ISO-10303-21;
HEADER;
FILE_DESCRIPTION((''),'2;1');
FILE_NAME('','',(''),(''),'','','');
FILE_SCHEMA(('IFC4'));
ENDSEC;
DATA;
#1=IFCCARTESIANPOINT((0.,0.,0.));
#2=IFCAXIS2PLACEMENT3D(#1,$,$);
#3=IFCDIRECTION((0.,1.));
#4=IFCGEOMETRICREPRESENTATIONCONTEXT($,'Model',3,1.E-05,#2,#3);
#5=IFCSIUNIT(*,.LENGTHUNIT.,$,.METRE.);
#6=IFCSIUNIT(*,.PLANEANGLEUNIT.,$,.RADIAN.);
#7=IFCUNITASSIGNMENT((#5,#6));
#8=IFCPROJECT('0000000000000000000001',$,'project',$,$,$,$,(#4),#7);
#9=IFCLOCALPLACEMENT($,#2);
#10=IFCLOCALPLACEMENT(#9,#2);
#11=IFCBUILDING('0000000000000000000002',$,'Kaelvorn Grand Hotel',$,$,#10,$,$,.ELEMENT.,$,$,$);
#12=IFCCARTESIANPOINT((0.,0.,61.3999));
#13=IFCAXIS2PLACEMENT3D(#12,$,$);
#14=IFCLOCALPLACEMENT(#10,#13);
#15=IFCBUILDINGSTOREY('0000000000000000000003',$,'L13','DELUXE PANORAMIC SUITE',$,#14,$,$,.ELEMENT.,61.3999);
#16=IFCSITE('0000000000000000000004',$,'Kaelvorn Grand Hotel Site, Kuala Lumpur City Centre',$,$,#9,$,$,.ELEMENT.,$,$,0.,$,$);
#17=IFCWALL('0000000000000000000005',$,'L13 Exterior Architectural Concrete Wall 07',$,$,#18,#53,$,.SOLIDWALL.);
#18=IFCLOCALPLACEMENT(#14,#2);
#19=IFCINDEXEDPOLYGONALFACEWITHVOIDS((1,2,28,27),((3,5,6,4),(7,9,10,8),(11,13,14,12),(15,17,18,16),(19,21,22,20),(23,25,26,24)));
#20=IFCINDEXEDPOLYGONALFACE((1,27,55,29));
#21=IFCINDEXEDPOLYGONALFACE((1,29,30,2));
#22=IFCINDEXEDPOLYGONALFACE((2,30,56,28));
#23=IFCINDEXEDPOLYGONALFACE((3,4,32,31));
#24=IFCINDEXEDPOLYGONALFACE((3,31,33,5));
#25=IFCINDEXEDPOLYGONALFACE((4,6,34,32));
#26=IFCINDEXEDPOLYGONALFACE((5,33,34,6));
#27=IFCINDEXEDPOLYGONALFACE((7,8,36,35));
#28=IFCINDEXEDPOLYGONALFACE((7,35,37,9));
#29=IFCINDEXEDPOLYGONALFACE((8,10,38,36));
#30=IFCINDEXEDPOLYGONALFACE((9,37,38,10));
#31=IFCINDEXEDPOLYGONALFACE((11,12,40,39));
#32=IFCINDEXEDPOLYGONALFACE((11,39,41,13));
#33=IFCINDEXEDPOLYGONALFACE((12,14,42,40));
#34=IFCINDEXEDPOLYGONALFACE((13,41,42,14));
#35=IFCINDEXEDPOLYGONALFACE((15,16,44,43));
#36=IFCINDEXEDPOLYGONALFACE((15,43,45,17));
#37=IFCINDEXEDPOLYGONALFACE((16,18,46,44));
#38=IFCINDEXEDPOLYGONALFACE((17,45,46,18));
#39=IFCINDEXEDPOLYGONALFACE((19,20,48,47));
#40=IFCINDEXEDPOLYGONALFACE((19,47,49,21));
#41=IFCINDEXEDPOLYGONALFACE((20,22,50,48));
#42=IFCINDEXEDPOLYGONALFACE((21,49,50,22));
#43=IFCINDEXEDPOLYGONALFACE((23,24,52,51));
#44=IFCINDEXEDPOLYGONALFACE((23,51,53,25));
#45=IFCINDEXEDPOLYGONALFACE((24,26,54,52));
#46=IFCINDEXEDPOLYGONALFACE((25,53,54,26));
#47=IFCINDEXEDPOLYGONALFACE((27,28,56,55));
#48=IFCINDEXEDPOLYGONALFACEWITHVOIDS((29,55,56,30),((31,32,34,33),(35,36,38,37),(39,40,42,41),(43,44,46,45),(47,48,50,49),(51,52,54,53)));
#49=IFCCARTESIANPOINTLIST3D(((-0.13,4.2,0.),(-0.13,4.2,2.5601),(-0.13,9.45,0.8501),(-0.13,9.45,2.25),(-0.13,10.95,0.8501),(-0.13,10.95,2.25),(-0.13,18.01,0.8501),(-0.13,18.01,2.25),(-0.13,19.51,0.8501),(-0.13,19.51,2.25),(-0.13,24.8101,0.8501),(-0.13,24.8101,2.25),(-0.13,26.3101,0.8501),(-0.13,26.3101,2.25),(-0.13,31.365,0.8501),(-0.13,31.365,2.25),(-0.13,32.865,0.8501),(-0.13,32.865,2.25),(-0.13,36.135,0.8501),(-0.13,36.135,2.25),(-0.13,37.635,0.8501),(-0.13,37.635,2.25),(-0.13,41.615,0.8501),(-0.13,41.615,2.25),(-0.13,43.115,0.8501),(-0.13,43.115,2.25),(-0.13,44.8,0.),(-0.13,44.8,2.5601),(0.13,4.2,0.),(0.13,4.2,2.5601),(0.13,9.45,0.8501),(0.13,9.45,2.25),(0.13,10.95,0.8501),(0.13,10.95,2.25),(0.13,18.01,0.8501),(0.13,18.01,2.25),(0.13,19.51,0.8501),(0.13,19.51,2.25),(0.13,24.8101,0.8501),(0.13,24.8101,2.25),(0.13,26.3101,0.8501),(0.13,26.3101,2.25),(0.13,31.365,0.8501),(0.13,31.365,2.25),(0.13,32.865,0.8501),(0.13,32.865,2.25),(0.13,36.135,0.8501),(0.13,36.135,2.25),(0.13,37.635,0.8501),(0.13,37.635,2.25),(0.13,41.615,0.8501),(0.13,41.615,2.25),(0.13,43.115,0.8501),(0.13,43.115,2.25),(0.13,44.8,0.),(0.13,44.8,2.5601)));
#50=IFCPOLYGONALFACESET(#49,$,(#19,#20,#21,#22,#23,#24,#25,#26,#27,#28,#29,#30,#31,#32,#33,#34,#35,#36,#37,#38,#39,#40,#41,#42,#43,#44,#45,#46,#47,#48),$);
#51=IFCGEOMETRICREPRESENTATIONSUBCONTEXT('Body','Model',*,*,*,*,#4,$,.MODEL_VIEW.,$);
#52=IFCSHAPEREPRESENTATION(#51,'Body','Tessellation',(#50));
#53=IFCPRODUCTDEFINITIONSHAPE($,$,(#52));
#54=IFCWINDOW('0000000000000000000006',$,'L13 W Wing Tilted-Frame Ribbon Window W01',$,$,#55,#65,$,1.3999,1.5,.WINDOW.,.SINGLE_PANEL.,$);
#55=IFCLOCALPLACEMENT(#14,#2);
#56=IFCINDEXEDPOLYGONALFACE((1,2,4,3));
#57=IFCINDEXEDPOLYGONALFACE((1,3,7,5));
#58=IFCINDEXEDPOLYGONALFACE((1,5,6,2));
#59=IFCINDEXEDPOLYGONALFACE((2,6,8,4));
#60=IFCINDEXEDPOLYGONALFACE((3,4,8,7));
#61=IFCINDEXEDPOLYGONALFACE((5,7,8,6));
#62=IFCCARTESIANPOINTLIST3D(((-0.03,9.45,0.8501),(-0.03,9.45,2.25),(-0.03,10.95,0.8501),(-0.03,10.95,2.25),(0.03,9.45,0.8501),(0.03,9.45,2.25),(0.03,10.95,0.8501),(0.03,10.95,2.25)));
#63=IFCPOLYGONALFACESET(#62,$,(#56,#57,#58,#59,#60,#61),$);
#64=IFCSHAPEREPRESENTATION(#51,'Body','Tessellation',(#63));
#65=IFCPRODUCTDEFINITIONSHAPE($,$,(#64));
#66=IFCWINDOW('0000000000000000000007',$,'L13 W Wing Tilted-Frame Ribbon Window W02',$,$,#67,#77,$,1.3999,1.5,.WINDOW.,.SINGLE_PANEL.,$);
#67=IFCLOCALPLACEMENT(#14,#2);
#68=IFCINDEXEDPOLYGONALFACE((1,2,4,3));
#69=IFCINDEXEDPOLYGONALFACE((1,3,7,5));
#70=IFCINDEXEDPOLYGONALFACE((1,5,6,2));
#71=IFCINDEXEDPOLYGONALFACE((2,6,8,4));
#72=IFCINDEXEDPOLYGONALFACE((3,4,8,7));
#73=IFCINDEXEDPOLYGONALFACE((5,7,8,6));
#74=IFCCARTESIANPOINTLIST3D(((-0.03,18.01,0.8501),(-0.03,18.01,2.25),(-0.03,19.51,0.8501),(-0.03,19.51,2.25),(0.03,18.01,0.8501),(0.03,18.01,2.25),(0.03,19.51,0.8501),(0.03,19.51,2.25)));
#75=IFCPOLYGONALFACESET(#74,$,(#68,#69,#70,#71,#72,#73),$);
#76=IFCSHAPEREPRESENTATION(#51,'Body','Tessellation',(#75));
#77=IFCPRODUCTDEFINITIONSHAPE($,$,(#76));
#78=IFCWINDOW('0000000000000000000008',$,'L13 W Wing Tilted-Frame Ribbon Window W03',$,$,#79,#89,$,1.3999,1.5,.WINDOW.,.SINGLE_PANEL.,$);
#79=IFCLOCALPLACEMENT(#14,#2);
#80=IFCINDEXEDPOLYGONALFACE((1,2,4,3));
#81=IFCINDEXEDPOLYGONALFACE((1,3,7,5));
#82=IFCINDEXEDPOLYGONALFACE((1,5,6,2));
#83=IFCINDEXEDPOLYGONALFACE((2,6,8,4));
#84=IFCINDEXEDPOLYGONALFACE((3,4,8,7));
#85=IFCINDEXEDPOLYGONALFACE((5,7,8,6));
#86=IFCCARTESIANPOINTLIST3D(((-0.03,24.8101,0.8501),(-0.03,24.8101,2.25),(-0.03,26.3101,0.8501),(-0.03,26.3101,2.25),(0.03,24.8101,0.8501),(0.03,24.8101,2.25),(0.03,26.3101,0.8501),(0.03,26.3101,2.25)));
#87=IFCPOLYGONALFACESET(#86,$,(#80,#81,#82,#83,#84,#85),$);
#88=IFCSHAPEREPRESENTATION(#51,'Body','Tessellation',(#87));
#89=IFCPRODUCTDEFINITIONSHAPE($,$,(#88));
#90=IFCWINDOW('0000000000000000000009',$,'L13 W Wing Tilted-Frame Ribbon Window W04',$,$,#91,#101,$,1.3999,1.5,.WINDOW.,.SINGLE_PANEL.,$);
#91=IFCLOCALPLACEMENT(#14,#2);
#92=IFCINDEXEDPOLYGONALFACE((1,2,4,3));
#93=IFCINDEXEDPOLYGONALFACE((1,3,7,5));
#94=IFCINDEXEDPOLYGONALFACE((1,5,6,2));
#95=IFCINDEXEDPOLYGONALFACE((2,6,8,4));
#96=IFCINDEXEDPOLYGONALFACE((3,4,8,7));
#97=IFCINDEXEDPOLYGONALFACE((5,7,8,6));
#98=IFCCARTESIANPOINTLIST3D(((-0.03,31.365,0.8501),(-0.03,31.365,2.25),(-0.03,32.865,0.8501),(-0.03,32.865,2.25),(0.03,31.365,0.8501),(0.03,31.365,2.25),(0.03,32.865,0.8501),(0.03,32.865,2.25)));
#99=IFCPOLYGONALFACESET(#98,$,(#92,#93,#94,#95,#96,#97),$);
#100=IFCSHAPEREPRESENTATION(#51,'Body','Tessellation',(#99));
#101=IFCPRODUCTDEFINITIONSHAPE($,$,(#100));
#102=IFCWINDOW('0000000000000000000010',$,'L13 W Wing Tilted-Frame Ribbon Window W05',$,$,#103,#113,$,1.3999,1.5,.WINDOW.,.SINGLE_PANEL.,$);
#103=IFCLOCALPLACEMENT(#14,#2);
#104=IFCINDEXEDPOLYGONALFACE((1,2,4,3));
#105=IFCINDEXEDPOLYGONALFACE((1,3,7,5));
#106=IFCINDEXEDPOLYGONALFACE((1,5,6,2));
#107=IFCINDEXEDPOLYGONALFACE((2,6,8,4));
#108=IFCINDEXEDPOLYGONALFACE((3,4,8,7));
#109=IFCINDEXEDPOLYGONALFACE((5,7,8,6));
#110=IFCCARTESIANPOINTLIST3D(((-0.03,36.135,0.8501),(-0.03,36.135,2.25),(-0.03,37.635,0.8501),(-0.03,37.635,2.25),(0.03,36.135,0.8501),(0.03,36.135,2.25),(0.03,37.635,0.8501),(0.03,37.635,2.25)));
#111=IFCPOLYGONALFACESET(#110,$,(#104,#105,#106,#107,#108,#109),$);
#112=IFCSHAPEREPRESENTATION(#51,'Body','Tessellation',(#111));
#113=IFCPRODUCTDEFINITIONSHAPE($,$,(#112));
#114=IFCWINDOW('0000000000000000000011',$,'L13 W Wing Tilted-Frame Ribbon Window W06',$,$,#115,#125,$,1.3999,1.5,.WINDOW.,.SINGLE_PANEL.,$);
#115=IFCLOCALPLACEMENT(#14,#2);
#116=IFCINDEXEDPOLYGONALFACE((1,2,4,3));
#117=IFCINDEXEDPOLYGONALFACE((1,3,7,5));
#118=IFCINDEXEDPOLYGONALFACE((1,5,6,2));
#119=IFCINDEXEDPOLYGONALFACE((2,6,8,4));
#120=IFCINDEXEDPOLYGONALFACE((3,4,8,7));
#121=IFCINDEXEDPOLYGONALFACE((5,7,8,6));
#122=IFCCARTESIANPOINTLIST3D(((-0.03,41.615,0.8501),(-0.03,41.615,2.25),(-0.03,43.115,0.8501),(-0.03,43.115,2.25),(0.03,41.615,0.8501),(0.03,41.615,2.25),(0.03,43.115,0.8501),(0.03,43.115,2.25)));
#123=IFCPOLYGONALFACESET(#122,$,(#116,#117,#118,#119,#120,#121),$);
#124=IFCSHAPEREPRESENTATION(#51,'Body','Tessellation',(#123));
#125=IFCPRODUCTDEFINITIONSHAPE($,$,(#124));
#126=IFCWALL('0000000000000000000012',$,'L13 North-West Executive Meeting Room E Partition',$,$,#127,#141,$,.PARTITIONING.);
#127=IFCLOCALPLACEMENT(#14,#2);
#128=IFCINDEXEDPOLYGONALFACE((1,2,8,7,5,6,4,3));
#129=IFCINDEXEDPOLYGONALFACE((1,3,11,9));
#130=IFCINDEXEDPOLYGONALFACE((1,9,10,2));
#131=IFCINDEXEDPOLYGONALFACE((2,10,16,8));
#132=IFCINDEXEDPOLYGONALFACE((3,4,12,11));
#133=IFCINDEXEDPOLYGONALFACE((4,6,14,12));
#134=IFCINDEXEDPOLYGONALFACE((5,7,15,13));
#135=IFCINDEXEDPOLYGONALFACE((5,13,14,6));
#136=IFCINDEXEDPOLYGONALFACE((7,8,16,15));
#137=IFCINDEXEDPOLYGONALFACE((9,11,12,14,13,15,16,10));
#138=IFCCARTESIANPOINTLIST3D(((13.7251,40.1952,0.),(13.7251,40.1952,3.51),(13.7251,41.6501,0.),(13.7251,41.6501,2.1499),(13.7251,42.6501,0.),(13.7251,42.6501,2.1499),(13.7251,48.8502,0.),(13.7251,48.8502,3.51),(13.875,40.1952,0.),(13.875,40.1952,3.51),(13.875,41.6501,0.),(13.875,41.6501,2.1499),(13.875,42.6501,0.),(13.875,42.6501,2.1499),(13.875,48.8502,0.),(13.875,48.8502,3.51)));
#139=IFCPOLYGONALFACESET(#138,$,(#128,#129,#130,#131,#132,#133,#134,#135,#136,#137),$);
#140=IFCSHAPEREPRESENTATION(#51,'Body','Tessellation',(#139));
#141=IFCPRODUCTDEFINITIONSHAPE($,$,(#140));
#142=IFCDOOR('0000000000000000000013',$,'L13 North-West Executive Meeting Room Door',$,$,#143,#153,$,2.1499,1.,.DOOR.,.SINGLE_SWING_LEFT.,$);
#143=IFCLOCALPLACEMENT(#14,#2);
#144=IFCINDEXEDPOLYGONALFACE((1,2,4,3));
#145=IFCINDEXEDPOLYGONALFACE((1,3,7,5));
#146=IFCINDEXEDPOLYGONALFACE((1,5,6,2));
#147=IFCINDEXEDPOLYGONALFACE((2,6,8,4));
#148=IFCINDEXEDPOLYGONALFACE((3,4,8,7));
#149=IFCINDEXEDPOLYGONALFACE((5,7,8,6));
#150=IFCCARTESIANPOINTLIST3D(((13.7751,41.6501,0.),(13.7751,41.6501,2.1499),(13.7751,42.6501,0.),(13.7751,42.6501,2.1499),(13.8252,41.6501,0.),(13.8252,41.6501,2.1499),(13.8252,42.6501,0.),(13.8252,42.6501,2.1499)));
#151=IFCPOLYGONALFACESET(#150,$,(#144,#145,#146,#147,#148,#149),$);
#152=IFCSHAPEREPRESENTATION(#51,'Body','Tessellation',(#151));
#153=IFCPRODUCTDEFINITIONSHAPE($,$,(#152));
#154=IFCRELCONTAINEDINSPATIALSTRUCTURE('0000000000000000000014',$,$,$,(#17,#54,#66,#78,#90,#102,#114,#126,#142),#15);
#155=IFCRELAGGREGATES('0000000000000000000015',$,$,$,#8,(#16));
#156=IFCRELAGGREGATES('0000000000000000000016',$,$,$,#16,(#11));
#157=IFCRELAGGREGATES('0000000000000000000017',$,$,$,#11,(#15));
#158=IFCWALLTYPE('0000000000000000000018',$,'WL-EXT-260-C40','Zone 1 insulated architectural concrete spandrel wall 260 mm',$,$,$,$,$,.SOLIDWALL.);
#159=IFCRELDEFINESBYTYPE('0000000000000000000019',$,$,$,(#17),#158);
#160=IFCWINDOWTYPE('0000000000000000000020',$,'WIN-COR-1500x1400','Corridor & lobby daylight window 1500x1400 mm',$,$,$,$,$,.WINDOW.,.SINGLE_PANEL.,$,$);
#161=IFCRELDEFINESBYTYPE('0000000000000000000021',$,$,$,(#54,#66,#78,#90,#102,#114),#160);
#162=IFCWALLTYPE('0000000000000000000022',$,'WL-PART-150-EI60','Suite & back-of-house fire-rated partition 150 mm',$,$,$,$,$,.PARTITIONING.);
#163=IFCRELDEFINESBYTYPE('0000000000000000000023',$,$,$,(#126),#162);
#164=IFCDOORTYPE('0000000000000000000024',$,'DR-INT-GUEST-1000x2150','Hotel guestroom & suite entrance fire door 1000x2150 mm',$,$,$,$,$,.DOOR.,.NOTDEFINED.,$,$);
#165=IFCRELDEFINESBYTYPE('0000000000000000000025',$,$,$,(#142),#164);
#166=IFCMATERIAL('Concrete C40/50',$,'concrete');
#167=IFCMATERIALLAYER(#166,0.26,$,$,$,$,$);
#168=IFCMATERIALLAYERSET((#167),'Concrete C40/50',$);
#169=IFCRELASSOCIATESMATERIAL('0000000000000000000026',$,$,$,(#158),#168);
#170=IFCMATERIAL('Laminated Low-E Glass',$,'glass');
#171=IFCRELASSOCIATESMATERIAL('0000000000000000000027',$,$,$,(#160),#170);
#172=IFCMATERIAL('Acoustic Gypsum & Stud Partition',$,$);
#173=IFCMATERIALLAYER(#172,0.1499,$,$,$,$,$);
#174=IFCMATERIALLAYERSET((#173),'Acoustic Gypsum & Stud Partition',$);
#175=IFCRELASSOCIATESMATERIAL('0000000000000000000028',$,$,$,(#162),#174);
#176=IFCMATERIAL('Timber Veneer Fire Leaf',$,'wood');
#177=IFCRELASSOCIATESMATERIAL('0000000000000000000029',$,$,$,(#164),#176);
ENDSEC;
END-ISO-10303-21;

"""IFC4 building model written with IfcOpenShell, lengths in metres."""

from ifc_helpers import new_model, si_unit, direction, frame, frame_2d, origin, place, context, subcontext, project, spatial, rectangle, extrude, material, layer, layer_set, type_object, element, fill, save


model = new_model("IFC4")

# Units and contexts
model_context = context("Model", 3, precision=1e-05, world=origin(), true_north=direction((0.0, 1.0)))
body_context = subcontext(model_context, "Body", "Model", "MODEL_VIEW")
ifc_project = project(units=[si_unit("LENGTHUNIT", "METRE"), si_unit("PLANEANGLEUNIT", "RADIAN")], contexts=[model_context])

# Site, building, storey
site_placement = place(None, origin())
site = spatial("IfcSite", under=ifc_project, at=site_placement, Name="Kaelvorn Grand Hotel Site, Kuala Lumpur City Centre", CompositionType="ELEMENT", RefElevation=0.0)
building_placement = place(site_placement, origin())
building = spatial("IfcBuilding", under=site, at=building_placement, Name="Kaelvorn Grand Hotel", CompositionType="ELEMENT")
storey_placement = place(building_placement, frame((0.0, 0.0, 61.3999)))
storey = spatial("IfcBuildingStorey", under=building, at=storey_placement, Name="L13", Description="DELUXE PANORAMIC SUITE", CompositionType="ELEMENT", Elevation=61.3999)

# Shared definitions
ifc_material_1 = material(Name="Concrete C40/50", Category="concrete")
ifc_layer_1 = layer(ifc_material_1, 0.26)
ifc_layer_set_1 = layer_set([ifc_layer_1], Name="Concrete C40/50")
wall_type_1 = type_object("IfcWallType", Name="WL-EXT-260-C40", Description="Zone 1 insulated architectural concrete spandrel wall 260 mm", PredefinedType="SOLIDWALL", material=ifc_layer_set_1)

# Wall, openings, windows
wall_1_placement = place(storey_placement, frame((0.0, 44.8, 0.0), z_axis=(0.0, 0.0, 1.0), x_axis=(0.0, -1.0, 0.0)))
wall_1 = element("IfcWall", 1, at=wall_1_placement, inside=storey, type_object=wall_type_1, Name="L13 Exterior Architectural Concrete Wall 07", PredefinedType="SOLIDWALL", context=body_context, shape_type="SweptSolid", body=[
    extrude(rectangle(XDim=40.6001, YDim=0.26, at=frame_2d((20.3, 0.0))), origin(), (0.0, 0.0, 1.0), 2.5601),
])
opening_1_placement = place(wall_1_placement, frame((33.8501, 0.0, 0.8501)))
opening_1 = element("IfcOpeningElement", 2, at=opening_1_placement, cuts=wall_1, PredefinedType="OPENING", context=body_context, shape_type="SweptSolid", body=[
    extrude(rectangle(XDim=1.5, YDim=1.3999, at=frame_2d((0.75, 0.7))), frame((0.0, 0.1401, 0.0), z_axis=(0.0, -1.0, 0.0), x_axis=(1.0, 0.0, 0.0)), (0.0, 0.0, 1.0), 0.28),
])
opening_2_placement = place(wall_1_placement, frame((25.29, 0.0, 0.8501)))
opening_2 = element("IfcOpeningElement", 3, at=opening_2_placement, cuts=wall_1, PredefinedType="OPENING", context=body_context, shape_type="SweptSolid", body=[
    extrude(rectangle(XDim=1.5, YDim=1.3999, at=frame_2d((0.75, 0.7))), frame((0.0, 0.1401, 0.0), z_axis=(0.0, -1.0, 0.0), x_axis=(1.0, 0.0, 0.0)), (0.0, 0.0, 1.0), 0.28),
])
opening_3_placement = place(wall_1_placement, frame((18.49, 0.0, 0.8501)))
opening_3 = element("IfcOpeningElement", 4, at=opening_3_placement, cuts=wall_1, PredefinedType="OPENING", context=body_context, shape_type="SweptSolid", body=[
    extrude(rectangle(XDim=1.5, YDim=1.3999, at=frame_2d((0.75, 0.7))), frame((0.0, 0.1401, 0.0), z_axis=(0.0, -1.0, 0.0), x_axis=(1.0, 0.0, 0.0)), (0.0, 0.0, 1.0), 0.28),
])
opening_4_placement = place(wall_1_placement, frame((11.9351, 0.0, 0.8501)))
opening_4 = element("IfcOpeningElement", 5, at=opening_4_placement, cuts=wall_1, PredefinedType="OPENING", context=body_context, shape_type="SweptSolid", body=[
    extrude(rectangle(XDim=1.5, YDim=1.3999, at=frame_2d((0.75, 0.7))), frame((0.0, 0.1401, 0.0), z_axis=(0.0, -1.0, 0.0), x_axis=(1.0, 0.0, 0.0)), (0.0, 0.0, 1.0), 0.28),
])
opening_5_placement = place(wall_1_placement, frame((7.165, 0.0, 0.8501)))
opening_5 = element("IfcOpeningElement", 6, at=opening_5_placement, cuts=wall_1, PredefinedType="OPENING", context=body_context, shape_type="SweptSolid", body=[
    extrude(rectangle(XDim=1.5, YDim=1.3999, at=frame_2d((0.75, 0.7))), frame((0.0, 0.1401, 0.0), z_axis=(0.0, -1.0, 0.0), x_axis=(1.0, 0.0, 0.0)), (0.0, 0.0, 1.0), 0.28),
])
opening_6_placement = place(wall_1_placement, frame((1.6851, 0.0, 0.8501)))
opening_6 = element("IfcOpeningElement", 7, at=opening_6_placement, cuts=wall_1, PredefinedType="OPENING", context=body_context, shape_type="SweptSolid", body=[
    extrude(rectangle(XDim=1.5, YDim=1.3999, at=frame_2d((0.75, 0.7))), frame((0.0, 0.1401, 0.0), z_axis=(0.0, -1.0, 0.0), x_axis=(1.0, 0.0, 0.0)), (0.0, 0.0, 1.0), 0.28),
])
ifc_material_2 = material(Name="Laminated Low-E Glass", Category="glass")
window_type = type_object("IfcWindowType", Name="WIN-COR-1500x1400", Description="Corridor & lobby daylight window 1500x1400 mm", PartitioningType="SINGLE_PANEL", PredefinedType="WINDOW", material=ifc_material_2)
window_1_placement = place(opening_1_placement, origin())
window_1 = element("IfcWindow", 8, at=window_1_placement, inside=storey, type_object=window_type, Name="L13 W Wing Tilted-Frame Ribbon Window W01", OverallHeight=1.3999, OverallWidth=1.5, PartitioningType="SINGLE_PANEL", PredefinedType="WINDOW", context=body_context, shape_type="SweptSolid", body=[
    extrude(rectangle(XDim=1.5, YDim=1.3999, at=frame_2d((0.75, 0.7))), frame((0.0, 0.03, 0.0), z_axis=(0.0, -1.0, 0.0), x_axis=(1.0, 0.0, 0.0)), (0.0, 0.0, 1.0), 0.0601),
])
fill(opening_1, window_1)
window_2_placement = place(opening_2_placement, origin())
window_2 = element("IfcWindow", 9, at=window_2_placement, inside=storey, type_object=window_type, Name="L13 W Wing Tilted-Frame Ribbon Window W02", OverallHeight=1.3999, OverallWidth=1.5, PartitioningType="SINGLE_PANEL", PredefinedType="WINDOW", context=body_context, shape_type="SweptSolid", body=[
    extrude(rectangle(XDim=1.5, YDim=1.3999, at=frame_2d((0.75, 0.7))), frame((0.0, 0.03, 0.0), z_axis=(0.0, -1.0, 0.0), x_axis=(1.0, 0.0, 0.0)), (0.0, 0.0, 1.0), 0.0601),
])
fill(opening_2, window_2)
window_3_placement = place(opening_3_placement, origin())
window_3 = element("IfcWindow", 10, at=window_3_placement, inside=storey, type_object=window_type, Name="L13 W Wing Tilted-Frame Ribbon Window W03", OverallHeight=1.3999, OverallWidth=1.5, PartitioningType="SINGLE_PANEL", PredefinedType="WINDOW", context=body_context, shape_type="SweptSolid", body=[
    extrude(rectangle(XDim=1.5, YDim=1.3999, at=frame_2d((0.75, 0.7))), frame((0.0, 0.03, 0.0), z_axis=(0.0, -1.0, 0.0), x_axis=(1.0, 0.0, 0.0)), (0.0, 0.0, 1.0), 0.0601),
])
fill(opening_3, window_3)
window_4_placement = place(opening_4_placement, origin())
window_4 = element("IfcWindow", 11, at=window_4_placement, inside=storey, type_object=window_type, Name="L13 W Wing Tilted-Frame Ribbon Window W04", OverallHeight=1.3999, OverallWidth=1.5, PartitioningType="SINGLE_PANEL", PredefinedType="WINDOW", context=body_context, shape_type="SweptSolid", body=[
    extrude(rectangle(XDim=1.5, YDim=1.3999, at=frame_2d((0.75, 0.7))), frame((0.0, 0.03, 0.0), z_axis=(0.0, -1.0, 0.0), x_axis=(1.0, 0.0, 0.0)), (0.0, 0.0, 1.0), 0.0601),
])
fill(opening_4, window_4)
window_5_placement = place(opening_5_placement, origin())
window_5 = element("IfcWindow", 12, at=window_5_placement, inside=storey, type_object=window_type, Name="L13 W Wing Tilted-Frame Ribbon Window W05", OverallHeight=1.3999, OverallWidth=1.5, PartitioningType="SINGLE_PANEL", PredefinedType="WINDOW", context=body_context, shape_type="SweptSolid", body=[
    extrude(rectangle(XDim=1.5, YDim=1.3999, at=frame_2d((0.75, 0.7))), frame((0.0, 0.03, 0.0), z_axis=(0.0, -1.0, 0.0), x_axis=(1.0, 0.0, 0.0)), (0.0, 0.0, 1.0), 0.0601),
])
fill(opening_5, window_5)
window_6_placement = place(opening_6_placement, origin())
window_6 = element("IfcWindow", 13, at=window_6_placement, inside=storey, type_object=window_type, Name="L13 W Wing Tilted-Frame Ribbon Window W06", OverallHeight=1.3999, OverallWidth=1.5, PartitioningType="SINGLE_PANEL", PredefinedType="WINDOW", context=body_context, shape_type="SweptSolid", body=[
    extrude(rectangle(XDim=1.5, YDim=1.3999, at=frame_2d((0.75, 0.7))), frame((0.0, 0.03, 0.0), z_axis=(0.0, -1.0, 0.0), x_axis=(1.0, 0.0, 0.0)), (0.0, 0.0, 1.0), 0.0601),
])
fill(opening_6, window_6)

# Wall, opening, door
ifc_material_3 = material(Name="Acoustic Gypsum & Stud Partition")
ifc_layer_2 = layer(ifc_material_3, 0.1499)
ifc_layer_set_2 = layer_set([ifc_layer_2], Name="Acoustic Gypsum & Stud Partition")
wall_type_2 = type_object("IfcWallType", Name="WL-PART-150-EI60", Description="Suite & back-of-house fire-rated partition 150 mm", PredefinedType="PARTITIONING", material=ifc_layer_set_2)
wall_2_placement = place(storey_placement, frame((13.8, 40.1951, 0.0), z_axis=(0.0, 0.0, 1.0), x_axis=(0.0, 1.0, 0.0)))
wall_2 = element("IfcWall", 14, at=wall_2_placement, inside=storey, type_object=wall_type_2, Name="L13 North-West Executive Meeting Room E Partition", PredefinedType="PARTITIONING", context=body_context, shape_type="SweptSolid", body=[
    extrude(rectangle(XDim=8.655, YDim=0.1499, at=frame_2d((4.3276, 0.0))), origin(), (0.0, 0.0, 1.0), 3.51),
])
opening_7_placement = place(wall_2_placement, frame((1.4551, 0.0, 0.0)))
opening_7 = element("IfcOpeningElement", 15, at=opening_7_placement, cuts=wall_2, PredefinedType="OPENING", context=body_context, shape_type="SweptSolid", body=[
    extrude(rectangle(XDim=1.0, YDim=2.1499, at=frame_2d((0.5, 1.075))), frame((0.0, 0.085, 0.0), z_axis=(0.0, -1.0, 0.0), x_axis=(1.0, 0.0, 0.0)), (0.0, 0.0, 1.0), 0.1699),
])
ifc_material_4 = material(Name="Timber Veneer Fire Leaf", Category="wood")
door_type = type_object("IfcDoorType", Name="DR-INT-GUEST-1000x2150", Description="Hotel guestroom & suite entrance fire door 1000x2150 mm", OperationType="NOTDEFINED", PredefinedType="DOOR", material=ifc_material_4)
door_placement = place(opening_7_placement, origin())
door = element("IfcDoor", 16, at=door_placement, inside=storey, type_object=door_type, Name="L13 North-West Executive Meeting Room Door", OperationType="SINGLE_SWING_LEFT", OverallHeight=2.1499, OverallWidth=1.0, PredefinedType="DOOR", context=body_context, shape_type="SweptSolid", body=[
    extrude(rectangle(XDim=1.0, YDim=2.1499, at=frame_2d((0.5, 1.075))), frame((0.0, 0.0249, 0.0), z_axis=(0.0, -1.0, 0.0), x_axis=(1.0, 0.0, 0.0)), (0.0, 0.0, 1.0), 0.05),
])
fill(opening_7, door)

save(model, "model.ifc")
